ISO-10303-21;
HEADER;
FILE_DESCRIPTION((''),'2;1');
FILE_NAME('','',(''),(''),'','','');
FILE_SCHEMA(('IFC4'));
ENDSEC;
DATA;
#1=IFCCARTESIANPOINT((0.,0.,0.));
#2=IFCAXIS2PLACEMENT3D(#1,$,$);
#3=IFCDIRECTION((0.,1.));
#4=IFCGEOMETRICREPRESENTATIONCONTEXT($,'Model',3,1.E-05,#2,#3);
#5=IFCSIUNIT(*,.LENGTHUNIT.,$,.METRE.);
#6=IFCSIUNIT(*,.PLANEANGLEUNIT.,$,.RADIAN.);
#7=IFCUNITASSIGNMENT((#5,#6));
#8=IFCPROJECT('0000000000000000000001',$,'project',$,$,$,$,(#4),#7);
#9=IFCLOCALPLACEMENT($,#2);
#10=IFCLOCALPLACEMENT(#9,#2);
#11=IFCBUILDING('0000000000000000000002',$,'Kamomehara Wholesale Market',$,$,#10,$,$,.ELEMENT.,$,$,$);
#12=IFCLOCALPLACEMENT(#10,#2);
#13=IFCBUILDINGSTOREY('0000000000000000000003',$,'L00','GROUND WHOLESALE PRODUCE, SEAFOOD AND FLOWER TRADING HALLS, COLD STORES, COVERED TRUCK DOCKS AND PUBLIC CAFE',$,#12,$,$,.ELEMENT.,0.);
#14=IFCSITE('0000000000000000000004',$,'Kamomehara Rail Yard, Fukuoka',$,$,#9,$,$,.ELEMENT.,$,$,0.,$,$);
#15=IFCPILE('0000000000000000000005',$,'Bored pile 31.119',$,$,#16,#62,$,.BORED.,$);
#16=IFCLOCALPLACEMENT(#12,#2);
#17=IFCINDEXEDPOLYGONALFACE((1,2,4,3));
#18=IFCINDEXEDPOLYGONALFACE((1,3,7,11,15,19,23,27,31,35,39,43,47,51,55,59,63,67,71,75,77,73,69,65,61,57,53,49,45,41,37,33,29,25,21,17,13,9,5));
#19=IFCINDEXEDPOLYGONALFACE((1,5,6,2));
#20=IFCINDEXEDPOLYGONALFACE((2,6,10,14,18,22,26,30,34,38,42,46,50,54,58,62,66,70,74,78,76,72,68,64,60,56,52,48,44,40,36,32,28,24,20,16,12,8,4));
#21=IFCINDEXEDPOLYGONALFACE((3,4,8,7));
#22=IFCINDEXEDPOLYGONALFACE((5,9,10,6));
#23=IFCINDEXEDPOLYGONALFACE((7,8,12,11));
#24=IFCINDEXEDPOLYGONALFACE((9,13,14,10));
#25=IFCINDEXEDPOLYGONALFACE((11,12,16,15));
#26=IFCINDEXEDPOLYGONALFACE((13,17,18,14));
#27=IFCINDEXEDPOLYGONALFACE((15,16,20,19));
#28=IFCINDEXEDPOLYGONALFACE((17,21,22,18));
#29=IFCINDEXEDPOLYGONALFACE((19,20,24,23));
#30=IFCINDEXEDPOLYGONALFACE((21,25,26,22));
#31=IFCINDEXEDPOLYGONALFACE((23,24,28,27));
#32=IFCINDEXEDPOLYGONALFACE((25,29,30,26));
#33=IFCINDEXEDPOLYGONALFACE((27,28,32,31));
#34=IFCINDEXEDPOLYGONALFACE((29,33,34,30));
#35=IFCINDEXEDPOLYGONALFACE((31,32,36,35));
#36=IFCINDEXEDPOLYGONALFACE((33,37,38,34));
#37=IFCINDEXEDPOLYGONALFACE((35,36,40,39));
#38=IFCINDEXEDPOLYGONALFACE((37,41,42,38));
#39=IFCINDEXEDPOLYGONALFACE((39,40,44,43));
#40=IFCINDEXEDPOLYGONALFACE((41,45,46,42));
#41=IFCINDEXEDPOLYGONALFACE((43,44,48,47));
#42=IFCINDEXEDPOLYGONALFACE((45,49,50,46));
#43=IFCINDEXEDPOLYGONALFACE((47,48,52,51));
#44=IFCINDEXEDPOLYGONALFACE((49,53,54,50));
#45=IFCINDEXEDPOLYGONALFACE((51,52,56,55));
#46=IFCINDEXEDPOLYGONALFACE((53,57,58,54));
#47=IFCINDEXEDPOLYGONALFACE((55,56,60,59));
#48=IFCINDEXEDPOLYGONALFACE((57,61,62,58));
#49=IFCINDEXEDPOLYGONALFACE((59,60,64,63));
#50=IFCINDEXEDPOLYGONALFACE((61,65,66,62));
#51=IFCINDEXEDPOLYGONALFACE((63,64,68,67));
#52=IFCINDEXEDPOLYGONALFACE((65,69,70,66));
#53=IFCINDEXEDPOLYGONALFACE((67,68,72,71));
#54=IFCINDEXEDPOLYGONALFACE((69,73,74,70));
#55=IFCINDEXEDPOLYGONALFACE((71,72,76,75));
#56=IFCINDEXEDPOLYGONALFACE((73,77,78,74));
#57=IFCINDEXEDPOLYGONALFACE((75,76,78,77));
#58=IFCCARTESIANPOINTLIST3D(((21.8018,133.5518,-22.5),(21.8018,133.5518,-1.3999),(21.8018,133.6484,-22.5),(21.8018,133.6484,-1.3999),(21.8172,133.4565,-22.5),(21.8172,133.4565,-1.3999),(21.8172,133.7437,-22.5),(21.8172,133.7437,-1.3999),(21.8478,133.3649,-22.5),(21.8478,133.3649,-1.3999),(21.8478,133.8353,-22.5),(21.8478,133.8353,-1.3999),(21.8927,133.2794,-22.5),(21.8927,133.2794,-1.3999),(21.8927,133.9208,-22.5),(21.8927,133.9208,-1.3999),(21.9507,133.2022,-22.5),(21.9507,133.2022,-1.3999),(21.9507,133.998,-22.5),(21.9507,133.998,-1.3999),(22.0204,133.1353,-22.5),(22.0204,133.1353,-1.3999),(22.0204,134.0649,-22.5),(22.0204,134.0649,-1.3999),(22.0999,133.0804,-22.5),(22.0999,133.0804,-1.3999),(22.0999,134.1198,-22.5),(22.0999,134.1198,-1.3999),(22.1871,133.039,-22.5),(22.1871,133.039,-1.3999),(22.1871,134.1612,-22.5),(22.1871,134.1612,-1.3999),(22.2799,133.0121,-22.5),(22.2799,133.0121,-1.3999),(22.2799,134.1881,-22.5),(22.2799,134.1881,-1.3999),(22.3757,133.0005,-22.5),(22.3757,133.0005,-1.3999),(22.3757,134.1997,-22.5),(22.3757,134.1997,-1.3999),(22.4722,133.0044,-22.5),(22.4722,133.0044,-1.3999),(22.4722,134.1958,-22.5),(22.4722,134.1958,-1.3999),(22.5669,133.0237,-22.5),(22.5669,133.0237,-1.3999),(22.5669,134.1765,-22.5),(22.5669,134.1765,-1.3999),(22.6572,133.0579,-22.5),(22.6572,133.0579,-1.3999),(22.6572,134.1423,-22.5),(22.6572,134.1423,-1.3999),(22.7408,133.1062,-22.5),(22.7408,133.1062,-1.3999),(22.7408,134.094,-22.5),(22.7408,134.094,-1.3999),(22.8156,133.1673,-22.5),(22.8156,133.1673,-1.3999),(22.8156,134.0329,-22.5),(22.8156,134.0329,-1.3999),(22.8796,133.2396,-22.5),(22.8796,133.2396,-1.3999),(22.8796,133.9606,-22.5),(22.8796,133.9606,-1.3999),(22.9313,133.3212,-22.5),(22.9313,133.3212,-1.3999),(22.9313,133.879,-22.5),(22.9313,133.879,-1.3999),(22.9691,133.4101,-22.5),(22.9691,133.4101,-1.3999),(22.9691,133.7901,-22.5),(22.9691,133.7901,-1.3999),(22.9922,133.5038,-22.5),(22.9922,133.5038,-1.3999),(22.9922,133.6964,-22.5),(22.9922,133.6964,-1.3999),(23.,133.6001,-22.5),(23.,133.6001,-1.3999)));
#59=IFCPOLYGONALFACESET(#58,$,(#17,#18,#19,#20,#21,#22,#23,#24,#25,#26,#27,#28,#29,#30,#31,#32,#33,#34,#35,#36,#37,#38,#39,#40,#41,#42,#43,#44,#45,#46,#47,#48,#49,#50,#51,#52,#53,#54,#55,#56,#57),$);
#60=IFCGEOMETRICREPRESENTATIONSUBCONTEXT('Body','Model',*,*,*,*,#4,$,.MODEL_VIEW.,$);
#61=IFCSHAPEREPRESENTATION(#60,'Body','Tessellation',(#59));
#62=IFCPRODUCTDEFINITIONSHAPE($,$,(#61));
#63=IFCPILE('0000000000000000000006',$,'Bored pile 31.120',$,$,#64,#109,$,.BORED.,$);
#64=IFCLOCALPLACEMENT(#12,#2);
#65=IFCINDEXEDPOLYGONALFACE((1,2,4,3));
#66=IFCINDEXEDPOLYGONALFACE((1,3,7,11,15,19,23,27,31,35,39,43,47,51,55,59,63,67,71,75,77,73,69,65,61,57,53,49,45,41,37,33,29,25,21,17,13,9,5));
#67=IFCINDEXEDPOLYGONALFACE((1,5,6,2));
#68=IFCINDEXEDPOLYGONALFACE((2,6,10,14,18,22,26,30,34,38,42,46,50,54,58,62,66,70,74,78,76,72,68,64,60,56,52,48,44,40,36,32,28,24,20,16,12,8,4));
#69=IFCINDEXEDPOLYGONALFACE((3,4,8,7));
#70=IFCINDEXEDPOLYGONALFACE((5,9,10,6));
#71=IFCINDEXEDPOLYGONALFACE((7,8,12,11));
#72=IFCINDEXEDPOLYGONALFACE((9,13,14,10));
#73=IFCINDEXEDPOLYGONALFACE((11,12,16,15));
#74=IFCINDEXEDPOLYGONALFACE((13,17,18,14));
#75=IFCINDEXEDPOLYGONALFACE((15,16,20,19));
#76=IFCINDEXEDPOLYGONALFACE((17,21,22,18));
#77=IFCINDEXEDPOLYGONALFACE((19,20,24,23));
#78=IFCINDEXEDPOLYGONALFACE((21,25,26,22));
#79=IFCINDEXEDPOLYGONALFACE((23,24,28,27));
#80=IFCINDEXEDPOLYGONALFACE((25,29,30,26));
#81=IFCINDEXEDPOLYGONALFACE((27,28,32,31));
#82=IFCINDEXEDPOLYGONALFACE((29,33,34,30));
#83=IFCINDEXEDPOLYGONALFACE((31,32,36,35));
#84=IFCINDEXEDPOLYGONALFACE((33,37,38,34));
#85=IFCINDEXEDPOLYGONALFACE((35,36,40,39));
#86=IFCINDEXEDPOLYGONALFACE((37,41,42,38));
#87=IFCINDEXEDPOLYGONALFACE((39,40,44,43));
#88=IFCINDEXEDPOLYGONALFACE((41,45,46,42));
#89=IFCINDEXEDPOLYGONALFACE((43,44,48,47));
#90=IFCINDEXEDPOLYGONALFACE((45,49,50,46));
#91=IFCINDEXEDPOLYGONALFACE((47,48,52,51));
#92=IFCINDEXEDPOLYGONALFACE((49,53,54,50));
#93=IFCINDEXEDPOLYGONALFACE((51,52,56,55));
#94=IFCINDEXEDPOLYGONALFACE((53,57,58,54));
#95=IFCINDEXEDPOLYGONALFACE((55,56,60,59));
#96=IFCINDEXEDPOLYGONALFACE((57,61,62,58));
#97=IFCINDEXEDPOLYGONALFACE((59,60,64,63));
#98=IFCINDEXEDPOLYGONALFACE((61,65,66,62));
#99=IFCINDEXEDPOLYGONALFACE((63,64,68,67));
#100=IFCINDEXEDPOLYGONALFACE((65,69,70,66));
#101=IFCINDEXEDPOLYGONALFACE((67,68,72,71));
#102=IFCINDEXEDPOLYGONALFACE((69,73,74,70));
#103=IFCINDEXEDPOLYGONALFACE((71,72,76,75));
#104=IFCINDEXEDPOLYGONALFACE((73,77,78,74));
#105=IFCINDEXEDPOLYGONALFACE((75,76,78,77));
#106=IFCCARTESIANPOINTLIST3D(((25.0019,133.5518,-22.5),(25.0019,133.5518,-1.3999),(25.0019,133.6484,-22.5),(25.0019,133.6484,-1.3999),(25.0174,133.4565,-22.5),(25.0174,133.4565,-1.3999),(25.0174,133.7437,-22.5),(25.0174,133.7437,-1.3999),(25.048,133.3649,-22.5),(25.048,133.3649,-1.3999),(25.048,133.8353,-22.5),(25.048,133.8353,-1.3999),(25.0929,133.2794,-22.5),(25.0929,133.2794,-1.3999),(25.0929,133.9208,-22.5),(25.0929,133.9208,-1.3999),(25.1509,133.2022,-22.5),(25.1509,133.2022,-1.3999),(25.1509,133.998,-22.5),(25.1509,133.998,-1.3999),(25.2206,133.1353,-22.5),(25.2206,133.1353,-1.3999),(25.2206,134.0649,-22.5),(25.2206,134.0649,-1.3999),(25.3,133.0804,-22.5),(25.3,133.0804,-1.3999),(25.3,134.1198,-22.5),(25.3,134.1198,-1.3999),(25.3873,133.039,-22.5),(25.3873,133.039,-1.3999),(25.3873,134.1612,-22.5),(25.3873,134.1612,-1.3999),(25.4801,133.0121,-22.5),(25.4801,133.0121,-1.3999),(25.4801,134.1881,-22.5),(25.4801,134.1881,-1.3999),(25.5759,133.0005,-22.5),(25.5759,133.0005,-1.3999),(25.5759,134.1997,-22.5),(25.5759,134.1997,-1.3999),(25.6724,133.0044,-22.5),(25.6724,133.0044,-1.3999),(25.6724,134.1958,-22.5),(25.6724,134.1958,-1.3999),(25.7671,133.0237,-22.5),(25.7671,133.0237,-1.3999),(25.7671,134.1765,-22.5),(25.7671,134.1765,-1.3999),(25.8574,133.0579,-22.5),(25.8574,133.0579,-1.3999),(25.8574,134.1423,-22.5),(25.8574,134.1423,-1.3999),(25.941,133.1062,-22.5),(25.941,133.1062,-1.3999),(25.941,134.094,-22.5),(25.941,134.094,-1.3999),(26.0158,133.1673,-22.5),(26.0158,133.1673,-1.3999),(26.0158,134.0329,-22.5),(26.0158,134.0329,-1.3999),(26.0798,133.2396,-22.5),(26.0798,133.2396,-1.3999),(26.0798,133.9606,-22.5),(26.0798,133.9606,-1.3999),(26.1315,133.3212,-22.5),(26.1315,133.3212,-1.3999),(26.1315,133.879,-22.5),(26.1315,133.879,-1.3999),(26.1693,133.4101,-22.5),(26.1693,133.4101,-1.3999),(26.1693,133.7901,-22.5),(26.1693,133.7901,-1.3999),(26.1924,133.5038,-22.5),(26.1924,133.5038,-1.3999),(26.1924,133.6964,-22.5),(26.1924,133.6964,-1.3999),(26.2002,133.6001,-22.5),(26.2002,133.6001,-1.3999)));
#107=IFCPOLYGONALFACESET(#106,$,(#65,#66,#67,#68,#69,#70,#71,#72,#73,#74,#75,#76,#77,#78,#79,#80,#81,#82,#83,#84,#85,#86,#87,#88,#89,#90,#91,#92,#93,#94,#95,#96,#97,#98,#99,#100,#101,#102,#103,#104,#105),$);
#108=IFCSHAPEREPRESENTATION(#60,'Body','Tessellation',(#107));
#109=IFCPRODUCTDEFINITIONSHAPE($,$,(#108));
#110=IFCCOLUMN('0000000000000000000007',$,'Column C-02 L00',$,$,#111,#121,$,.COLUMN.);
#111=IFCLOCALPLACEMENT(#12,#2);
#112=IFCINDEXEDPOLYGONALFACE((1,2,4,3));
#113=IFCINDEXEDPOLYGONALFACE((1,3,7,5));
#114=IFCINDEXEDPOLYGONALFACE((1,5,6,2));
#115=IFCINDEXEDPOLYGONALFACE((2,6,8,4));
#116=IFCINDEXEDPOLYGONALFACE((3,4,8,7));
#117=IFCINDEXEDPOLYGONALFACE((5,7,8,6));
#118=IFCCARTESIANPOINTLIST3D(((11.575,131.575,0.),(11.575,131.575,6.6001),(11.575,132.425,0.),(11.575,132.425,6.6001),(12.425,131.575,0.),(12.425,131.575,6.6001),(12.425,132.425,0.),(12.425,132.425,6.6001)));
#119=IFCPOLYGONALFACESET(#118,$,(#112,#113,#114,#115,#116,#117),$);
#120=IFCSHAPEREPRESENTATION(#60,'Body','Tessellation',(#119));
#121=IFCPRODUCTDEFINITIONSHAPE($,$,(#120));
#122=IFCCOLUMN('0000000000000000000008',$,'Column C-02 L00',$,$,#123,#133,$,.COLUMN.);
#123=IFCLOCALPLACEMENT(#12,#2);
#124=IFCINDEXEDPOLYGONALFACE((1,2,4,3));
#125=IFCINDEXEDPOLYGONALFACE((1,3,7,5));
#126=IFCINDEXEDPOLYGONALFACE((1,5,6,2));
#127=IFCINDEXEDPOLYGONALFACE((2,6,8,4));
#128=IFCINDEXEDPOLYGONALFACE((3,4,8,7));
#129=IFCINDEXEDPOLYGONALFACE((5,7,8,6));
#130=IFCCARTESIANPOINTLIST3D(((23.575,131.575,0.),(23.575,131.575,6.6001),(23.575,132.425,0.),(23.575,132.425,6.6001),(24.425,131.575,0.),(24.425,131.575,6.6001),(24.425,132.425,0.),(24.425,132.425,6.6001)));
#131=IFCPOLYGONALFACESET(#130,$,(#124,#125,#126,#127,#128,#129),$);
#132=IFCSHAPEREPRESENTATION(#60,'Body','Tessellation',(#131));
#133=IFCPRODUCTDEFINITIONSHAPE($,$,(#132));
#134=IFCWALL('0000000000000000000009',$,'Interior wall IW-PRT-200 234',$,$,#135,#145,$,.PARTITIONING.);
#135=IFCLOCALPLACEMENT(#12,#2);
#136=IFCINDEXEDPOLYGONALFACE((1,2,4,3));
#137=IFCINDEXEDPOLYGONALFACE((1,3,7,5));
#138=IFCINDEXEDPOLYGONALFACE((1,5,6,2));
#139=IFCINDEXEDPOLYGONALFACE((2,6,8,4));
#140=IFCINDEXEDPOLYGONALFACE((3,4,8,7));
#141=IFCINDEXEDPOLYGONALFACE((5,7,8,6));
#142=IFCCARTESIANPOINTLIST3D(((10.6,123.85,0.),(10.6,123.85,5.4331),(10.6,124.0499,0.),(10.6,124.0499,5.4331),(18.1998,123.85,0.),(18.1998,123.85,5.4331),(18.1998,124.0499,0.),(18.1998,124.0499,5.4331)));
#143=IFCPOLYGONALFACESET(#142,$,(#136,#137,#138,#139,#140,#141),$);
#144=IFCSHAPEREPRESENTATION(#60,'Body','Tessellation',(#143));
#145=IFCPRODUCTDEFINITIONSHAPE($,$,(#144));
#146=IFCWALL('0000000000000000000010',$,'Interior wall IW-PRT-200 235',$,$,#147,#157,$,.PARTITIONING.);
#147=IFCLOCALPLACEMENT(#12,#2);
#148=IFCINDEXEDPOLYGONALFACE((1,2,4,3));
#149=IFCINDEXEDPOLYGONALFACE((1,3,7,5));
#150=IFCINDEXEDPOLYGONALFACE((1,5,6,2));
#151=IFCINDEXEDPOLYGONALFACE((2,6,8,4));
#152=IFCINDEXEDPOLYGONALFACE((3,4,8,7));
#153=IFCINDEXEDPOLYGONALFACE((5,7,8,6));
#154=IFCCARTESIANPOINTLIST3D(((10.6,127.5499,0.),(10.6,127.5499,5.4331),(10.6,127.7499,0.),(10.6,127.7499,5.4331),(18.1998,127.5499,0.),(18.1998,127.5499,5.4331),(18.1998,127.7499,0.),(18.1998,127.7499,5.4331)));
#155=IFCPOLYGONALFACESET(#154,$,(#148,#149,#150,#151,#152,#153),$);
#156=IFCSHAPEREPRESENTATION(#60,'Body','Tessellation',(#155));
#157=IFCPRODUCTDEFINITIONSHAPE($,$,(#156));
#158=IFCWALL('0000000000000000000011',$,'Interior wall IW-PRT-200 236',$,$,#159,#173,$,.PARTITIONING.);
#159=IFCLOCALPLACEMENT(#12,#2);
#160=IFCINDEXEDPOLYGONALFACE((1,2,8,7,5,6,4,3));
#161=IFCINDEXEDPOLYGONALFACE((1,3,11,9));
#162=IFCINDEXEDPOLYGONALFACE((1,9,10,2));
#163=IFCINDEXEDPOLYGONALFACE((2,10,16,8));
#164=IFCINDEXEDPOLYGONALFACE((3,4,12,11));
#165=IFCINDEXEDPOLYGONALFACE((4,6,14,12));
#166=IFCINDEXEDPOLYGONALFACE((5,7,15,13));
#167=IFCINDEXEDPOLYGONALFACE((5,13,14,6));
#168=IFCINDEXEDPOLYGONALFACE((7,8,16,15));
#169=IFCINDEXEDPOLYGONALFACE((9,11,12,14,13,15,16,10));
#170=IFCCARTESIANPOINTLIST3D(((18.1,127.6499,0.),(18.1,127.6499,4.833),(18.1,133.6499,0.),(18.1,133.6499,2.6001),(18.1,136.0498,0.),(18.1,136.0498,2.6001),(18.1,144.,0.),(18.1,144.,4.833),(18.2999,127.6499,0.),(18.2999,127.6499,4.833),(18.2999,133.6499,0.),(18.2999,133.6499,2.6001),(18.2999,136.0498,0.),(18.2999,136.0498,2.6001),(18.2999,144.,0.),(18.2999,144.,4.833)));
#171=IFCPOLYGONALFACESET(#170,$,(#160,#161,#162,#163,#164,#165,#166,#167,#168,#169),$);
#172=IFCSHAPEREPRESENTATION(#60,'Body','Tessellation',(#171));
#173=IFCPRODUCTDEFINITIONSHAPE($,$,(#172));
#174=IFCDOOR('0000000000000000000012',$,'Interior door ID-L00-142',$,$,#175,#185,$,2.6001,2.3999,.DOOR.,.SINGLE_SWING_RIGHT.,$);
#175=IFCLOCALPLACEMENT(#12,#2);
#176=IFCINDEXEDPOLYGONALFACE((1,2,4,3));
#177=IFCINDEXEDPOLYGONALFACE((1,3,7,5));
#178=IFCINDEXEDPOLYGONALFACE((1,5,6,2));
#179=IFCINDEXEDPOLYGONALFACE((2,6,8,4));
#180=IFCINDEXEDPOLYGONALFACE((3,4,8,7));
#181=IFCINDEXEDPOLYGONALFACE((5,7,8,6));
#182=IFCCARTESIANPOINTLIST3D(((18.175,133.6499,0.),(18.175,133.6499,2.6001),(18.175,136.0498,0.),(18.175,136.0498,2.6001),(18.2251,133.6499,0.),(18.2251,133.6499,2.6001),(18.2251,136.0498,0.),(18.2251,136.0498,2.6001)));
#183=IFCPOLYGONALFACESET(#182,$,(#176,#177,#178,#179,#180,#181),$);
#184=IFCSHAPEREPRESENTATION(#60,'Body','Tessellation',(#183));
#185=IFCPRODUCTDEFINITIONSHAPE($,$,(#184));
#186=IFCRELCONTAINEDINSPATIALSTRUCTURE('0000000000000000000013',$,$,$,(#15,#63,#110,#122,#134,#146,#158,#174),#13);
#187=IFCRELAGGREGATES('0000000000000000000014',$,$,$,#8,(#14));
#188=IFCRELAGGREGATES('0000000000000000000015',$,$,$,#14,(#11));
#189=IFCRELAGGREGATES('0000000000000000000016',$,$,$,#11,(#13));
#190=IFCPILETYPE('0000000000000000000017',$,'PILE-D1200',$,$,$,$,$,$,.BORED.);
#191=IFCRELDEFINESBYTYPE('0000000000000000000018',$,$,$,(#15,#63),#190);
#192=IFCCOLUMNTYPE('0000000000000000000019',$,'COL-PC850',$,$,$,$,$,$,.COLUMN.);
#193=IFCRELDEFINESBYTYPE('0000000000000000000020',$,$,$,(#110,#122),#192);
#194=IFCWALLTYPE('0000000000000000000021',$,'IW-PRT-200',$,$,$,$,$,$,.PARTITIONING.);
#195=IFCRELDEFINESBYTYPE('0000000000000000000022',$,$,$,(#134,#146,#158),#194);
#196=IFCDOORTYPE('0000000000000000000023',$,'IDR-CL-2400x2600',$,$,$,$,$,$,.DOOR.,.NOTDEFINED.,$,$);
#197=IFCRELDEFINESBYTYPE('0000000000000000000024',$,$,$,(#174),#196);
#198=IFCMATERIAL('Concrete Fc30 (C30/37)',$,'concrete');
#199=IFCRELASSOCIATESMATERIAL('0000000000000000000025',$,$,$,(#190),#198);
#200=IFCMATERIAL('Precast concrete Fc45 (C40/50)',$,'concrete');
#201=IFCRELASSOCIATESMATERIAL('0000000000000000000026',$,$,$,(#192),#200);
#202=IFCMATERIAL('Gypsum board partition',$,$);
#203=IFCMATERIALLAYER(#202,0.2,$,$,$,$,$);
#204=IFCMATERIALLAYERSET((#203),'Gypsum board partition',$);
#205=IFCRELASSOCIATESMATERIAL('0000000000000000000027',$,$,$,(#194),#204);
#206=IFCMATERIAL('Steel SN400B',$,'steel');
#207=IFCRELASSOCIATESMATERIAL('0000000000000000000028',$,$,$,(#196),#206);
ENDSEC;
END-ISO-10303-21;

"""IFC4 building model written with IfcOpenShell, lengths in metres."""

from ifc_helpers import new_model, si_unit, direction, frame, frame_2d, origin, origin_2d, place, context, subcontext, project, spatial, rectangle, circle, extrude, material, layer, layer_set, material_profile, profile_set, type_object, element, fill, save


model = new_model("IFC4")

# Units and contexts
model_context = context("Model", 3, precision=1e-05, world=origin(), true_north=direction((0.0, 1.0)))
body_context = subcontext(model_context, "Body", "Model", "MODEL_VIEW")
ifc_project = project(units=[si_unit("LENGTHUNIT", "METRE"), si_unit("PLANEANGLEUNIT", "RADIAN")], contexts=[model_context])

# Site, building, storey
site_placement = place(None, origin())
site = spatial("IfcSite", under=ifc_project, at=site_placement, Name="Kamomehara Rail Yard, Fukuoka", CompositionType="ELEMENT", RefElevation=0.0)
building_placement = place(site_placement, origin())
building = spatial("IfcBuilding", under=site, at=building_placement, Name="Kamomehara Wholesale Market", CompositionType="ELEMENT")
storey_placement = place(building_placement, origin())
storey = spatial("IfcBuildingStorey", under=building, at=storey_placement, Name="L00", Description="GROUND WHOLESALE PRODUCE, SEAFOOD AND FLOWER TRADING HALLS, COLD STORES, COVERED TRUCK DOCKS AND PUBLIC CAFE", CompositionType="ELEMENT", Elevation=0.0)

# Piles
ifc_material_1 = material(Name="Concrete Fc30 (C30/37)", Category="concrete")
ifc_material_profile_1 = material_profile(ifc_material_1, circle(Radius=0.6001, at=origin_2d()), Name="RC-PILE-D1200")
ifc_profile_set_1 = profile_set([ifc_material_profile_1], Name="Concrete Fc30 (C30/37)")
pile_type_1 = type_object("IfcPileType", Name="PILE-D1200", PredefinedType="BORED", material=ifc_profile_set_1)
for number, where, z_axis, x_axis, name in (
    (1, (22.3999, 133.6001, -1.3999), (0.0, 0.0, -1.0), (1.0, 0.0, 0.0), "Bored pile 31.119"),
    (2, (25.6001, 133.6001, -1.3999), (0.0, 0.0, -1.0), (1.0, 0.0, 0.0), "Bored pile 31.120"),
):
    element("IfcPile", number, at=place(storey_placement, frame(where, z_axis=z_axis, x_axis=x_axis)), inside=storey, type_object=pile_type_1, Name=name, PredefinedType="BORED", context=body_context, shape_type="SweptSolid", body=[
        extrude(circle(Radius=0.6001, at=origin_2d()), origin(), (0.0, 0.0, 1.0), 21.1001),
    ])

# Columns
ifc_material_2 = material(Name="Precast concrete Fc45 (C40/50)", Category="concrete")
ifc_material_profile_2 = material_profile(ifc_material_2, rectangle(XDim=0.8501, YDim=0.8501, at=origin_2d()), Name="PC-COL-850x850")
ifc_profile_set_2 = profile_set([ifc_material_profile_2], Name="Precast concrete Fc45 (C40/50)")
column_type = type_object("IfcColumnType", Name="COL-PC850", PredefinedType="COLUMN", material=ifc_profile_set_2)
for number, where, z_axis, x_axis, name in (
    (3, (12.0, 132.0, 0.0), (0.0, 0.0, 1.0), (1.0, 0.0, 0.0), "Column C-02 L00"),
    (4, (24.0, 132.0, 0.0), (0.0, 0.0, 1.0), (1.0, 0.0, 0.0), "Column C-02 L00"),
):
    element("IfcColumn", number, at=place(storey_placement, frame(where, z_axis=z_axis, x_axis=x_axis)), inside=storey, type_object=column_type, Name=name, PredefinedType="COLUMN", context=body_context, shape_type="SweptSolid", body=[
        extrude(rectangle(XDim=0.8501, YDim=0.8501, at=origin_2d()), origin(), (0.0, 0.0, 1.0), 6.6001),
    ])

# Walls
ifc_material_3 = material(Name="Gypsum board partition")
ifc_layer_1 = layer(ifc_material_3, 0.2)
ifc_layer_set_1 = layer_set([ifc_layer_1], Name="Gypsum board partition")
wall_type_1 = type_object("IfcWallType", Name="IW-PRT-200", PredefinedType="PARTITIONING", material=ifc_layer_set_1)
for number, where, z_axis, x_axis, name in (
    (5, (10.6001, 123.95, 0.0), (0.0, 0.0, 1.0), (1.0, 0.0, 0.0), "Interior wall IW-PRT-200 234"),
    (6, (10.6001, 127.6499, 0.0), (0.0, 0.0, 1.0), (1.0, 0.0, 0.0), "Interior wall IW-PRT-200 235"),
):
    element("IfcWall", number, at=place(storey_placement, frame(where, z_axis=z_axis, x_axis=x_axis)), inside=storey, type_object=wall_type_1, Name=name, PredefinedType="PARTITIONING", context=body_context, shape_type="SweptSolid", body=[
        extrude(rectangle(XDim=7.5999, YDim=0.2, at=frame_2d((3.7998, 0.0))), origin(), (0.0, 0.0, 1.0), 5.4331),
    ])

# Wall, opening, door
wall_1_placement = place(storey_placement, frame((18.2, 127.6499, 0.0), z_axis=(0.0, 0.0, 1.0), x_axis=(0.0, 1.0, 0.0)))
wall_1 = element("IfcWall", 7, at=wall_1_placement, inside=storey, type_object=wall_type_1, Name="Interior wall IW-PRT-200 236", PredefinedType="PARTITIONING", context=body_context, shape_type="SweptSolid", body=[
    extrude(rectangle(XDim=16.3501, YDim=0.2, at=frame_2d((8.175, 0.0))), origin(), (0.0, 0.0, 1.0), 4.833),
])
opening_placement = place(wall_1_placement, frame((6.0, 0.0, 0.0)))
opening = element("IfcOpeningElement", 8, at=opening_placement, cuts=wall_1, PredefinedType="OPENING", context=body_context, shape_type="SweptSolid", body=[
    extrude(rectangle(XDim=2.3999, YDim=2.6001, at=frame_2d((1.2, 1.3))), frame((0.0, 0.1147, 0.0), z_axis=(0.0, -1.0, 0.0), x_axis=(1.0, 0.0, 0.0)), (0.0, 0.0, 1.0), 0.2297),
])
ifc_material_4 = material(Name="Steel SN400B", Category="steel")
door_type = type_object("IfcDoorType", Name="IDR-CL-2400x2600", OperationType="NOTDEFINED", PredefinedType="DOOR", material=ifc_material_4)
door_placement = place(opening_placement, origin())
door = element("IfcDoor", 9, at=door_placement, inside=storey, type_object=door_type, Name="Interior door ID-L00-142", OperationType="SINGLE_SWING_RIGHT", OverallHeight=2.6001, OverallWidth=2.3999, PredefinedType="DOOR", context=body_context, shape_type="SweptSolid", body=[
    extrude(rectangle(XDim=2.3999, YDim=2.6001, at=frame_2d((1.2, 1.3))), frame((0.0, 0.0249, 0.0), z_axis=(0.0, -1.0, 0.0), x_axis=(1.0, 0.0, 0.0)), (0.0, 0.0, 1.0), 0.05),
])
fill(opening, door)

save(model, "model.ifc")
